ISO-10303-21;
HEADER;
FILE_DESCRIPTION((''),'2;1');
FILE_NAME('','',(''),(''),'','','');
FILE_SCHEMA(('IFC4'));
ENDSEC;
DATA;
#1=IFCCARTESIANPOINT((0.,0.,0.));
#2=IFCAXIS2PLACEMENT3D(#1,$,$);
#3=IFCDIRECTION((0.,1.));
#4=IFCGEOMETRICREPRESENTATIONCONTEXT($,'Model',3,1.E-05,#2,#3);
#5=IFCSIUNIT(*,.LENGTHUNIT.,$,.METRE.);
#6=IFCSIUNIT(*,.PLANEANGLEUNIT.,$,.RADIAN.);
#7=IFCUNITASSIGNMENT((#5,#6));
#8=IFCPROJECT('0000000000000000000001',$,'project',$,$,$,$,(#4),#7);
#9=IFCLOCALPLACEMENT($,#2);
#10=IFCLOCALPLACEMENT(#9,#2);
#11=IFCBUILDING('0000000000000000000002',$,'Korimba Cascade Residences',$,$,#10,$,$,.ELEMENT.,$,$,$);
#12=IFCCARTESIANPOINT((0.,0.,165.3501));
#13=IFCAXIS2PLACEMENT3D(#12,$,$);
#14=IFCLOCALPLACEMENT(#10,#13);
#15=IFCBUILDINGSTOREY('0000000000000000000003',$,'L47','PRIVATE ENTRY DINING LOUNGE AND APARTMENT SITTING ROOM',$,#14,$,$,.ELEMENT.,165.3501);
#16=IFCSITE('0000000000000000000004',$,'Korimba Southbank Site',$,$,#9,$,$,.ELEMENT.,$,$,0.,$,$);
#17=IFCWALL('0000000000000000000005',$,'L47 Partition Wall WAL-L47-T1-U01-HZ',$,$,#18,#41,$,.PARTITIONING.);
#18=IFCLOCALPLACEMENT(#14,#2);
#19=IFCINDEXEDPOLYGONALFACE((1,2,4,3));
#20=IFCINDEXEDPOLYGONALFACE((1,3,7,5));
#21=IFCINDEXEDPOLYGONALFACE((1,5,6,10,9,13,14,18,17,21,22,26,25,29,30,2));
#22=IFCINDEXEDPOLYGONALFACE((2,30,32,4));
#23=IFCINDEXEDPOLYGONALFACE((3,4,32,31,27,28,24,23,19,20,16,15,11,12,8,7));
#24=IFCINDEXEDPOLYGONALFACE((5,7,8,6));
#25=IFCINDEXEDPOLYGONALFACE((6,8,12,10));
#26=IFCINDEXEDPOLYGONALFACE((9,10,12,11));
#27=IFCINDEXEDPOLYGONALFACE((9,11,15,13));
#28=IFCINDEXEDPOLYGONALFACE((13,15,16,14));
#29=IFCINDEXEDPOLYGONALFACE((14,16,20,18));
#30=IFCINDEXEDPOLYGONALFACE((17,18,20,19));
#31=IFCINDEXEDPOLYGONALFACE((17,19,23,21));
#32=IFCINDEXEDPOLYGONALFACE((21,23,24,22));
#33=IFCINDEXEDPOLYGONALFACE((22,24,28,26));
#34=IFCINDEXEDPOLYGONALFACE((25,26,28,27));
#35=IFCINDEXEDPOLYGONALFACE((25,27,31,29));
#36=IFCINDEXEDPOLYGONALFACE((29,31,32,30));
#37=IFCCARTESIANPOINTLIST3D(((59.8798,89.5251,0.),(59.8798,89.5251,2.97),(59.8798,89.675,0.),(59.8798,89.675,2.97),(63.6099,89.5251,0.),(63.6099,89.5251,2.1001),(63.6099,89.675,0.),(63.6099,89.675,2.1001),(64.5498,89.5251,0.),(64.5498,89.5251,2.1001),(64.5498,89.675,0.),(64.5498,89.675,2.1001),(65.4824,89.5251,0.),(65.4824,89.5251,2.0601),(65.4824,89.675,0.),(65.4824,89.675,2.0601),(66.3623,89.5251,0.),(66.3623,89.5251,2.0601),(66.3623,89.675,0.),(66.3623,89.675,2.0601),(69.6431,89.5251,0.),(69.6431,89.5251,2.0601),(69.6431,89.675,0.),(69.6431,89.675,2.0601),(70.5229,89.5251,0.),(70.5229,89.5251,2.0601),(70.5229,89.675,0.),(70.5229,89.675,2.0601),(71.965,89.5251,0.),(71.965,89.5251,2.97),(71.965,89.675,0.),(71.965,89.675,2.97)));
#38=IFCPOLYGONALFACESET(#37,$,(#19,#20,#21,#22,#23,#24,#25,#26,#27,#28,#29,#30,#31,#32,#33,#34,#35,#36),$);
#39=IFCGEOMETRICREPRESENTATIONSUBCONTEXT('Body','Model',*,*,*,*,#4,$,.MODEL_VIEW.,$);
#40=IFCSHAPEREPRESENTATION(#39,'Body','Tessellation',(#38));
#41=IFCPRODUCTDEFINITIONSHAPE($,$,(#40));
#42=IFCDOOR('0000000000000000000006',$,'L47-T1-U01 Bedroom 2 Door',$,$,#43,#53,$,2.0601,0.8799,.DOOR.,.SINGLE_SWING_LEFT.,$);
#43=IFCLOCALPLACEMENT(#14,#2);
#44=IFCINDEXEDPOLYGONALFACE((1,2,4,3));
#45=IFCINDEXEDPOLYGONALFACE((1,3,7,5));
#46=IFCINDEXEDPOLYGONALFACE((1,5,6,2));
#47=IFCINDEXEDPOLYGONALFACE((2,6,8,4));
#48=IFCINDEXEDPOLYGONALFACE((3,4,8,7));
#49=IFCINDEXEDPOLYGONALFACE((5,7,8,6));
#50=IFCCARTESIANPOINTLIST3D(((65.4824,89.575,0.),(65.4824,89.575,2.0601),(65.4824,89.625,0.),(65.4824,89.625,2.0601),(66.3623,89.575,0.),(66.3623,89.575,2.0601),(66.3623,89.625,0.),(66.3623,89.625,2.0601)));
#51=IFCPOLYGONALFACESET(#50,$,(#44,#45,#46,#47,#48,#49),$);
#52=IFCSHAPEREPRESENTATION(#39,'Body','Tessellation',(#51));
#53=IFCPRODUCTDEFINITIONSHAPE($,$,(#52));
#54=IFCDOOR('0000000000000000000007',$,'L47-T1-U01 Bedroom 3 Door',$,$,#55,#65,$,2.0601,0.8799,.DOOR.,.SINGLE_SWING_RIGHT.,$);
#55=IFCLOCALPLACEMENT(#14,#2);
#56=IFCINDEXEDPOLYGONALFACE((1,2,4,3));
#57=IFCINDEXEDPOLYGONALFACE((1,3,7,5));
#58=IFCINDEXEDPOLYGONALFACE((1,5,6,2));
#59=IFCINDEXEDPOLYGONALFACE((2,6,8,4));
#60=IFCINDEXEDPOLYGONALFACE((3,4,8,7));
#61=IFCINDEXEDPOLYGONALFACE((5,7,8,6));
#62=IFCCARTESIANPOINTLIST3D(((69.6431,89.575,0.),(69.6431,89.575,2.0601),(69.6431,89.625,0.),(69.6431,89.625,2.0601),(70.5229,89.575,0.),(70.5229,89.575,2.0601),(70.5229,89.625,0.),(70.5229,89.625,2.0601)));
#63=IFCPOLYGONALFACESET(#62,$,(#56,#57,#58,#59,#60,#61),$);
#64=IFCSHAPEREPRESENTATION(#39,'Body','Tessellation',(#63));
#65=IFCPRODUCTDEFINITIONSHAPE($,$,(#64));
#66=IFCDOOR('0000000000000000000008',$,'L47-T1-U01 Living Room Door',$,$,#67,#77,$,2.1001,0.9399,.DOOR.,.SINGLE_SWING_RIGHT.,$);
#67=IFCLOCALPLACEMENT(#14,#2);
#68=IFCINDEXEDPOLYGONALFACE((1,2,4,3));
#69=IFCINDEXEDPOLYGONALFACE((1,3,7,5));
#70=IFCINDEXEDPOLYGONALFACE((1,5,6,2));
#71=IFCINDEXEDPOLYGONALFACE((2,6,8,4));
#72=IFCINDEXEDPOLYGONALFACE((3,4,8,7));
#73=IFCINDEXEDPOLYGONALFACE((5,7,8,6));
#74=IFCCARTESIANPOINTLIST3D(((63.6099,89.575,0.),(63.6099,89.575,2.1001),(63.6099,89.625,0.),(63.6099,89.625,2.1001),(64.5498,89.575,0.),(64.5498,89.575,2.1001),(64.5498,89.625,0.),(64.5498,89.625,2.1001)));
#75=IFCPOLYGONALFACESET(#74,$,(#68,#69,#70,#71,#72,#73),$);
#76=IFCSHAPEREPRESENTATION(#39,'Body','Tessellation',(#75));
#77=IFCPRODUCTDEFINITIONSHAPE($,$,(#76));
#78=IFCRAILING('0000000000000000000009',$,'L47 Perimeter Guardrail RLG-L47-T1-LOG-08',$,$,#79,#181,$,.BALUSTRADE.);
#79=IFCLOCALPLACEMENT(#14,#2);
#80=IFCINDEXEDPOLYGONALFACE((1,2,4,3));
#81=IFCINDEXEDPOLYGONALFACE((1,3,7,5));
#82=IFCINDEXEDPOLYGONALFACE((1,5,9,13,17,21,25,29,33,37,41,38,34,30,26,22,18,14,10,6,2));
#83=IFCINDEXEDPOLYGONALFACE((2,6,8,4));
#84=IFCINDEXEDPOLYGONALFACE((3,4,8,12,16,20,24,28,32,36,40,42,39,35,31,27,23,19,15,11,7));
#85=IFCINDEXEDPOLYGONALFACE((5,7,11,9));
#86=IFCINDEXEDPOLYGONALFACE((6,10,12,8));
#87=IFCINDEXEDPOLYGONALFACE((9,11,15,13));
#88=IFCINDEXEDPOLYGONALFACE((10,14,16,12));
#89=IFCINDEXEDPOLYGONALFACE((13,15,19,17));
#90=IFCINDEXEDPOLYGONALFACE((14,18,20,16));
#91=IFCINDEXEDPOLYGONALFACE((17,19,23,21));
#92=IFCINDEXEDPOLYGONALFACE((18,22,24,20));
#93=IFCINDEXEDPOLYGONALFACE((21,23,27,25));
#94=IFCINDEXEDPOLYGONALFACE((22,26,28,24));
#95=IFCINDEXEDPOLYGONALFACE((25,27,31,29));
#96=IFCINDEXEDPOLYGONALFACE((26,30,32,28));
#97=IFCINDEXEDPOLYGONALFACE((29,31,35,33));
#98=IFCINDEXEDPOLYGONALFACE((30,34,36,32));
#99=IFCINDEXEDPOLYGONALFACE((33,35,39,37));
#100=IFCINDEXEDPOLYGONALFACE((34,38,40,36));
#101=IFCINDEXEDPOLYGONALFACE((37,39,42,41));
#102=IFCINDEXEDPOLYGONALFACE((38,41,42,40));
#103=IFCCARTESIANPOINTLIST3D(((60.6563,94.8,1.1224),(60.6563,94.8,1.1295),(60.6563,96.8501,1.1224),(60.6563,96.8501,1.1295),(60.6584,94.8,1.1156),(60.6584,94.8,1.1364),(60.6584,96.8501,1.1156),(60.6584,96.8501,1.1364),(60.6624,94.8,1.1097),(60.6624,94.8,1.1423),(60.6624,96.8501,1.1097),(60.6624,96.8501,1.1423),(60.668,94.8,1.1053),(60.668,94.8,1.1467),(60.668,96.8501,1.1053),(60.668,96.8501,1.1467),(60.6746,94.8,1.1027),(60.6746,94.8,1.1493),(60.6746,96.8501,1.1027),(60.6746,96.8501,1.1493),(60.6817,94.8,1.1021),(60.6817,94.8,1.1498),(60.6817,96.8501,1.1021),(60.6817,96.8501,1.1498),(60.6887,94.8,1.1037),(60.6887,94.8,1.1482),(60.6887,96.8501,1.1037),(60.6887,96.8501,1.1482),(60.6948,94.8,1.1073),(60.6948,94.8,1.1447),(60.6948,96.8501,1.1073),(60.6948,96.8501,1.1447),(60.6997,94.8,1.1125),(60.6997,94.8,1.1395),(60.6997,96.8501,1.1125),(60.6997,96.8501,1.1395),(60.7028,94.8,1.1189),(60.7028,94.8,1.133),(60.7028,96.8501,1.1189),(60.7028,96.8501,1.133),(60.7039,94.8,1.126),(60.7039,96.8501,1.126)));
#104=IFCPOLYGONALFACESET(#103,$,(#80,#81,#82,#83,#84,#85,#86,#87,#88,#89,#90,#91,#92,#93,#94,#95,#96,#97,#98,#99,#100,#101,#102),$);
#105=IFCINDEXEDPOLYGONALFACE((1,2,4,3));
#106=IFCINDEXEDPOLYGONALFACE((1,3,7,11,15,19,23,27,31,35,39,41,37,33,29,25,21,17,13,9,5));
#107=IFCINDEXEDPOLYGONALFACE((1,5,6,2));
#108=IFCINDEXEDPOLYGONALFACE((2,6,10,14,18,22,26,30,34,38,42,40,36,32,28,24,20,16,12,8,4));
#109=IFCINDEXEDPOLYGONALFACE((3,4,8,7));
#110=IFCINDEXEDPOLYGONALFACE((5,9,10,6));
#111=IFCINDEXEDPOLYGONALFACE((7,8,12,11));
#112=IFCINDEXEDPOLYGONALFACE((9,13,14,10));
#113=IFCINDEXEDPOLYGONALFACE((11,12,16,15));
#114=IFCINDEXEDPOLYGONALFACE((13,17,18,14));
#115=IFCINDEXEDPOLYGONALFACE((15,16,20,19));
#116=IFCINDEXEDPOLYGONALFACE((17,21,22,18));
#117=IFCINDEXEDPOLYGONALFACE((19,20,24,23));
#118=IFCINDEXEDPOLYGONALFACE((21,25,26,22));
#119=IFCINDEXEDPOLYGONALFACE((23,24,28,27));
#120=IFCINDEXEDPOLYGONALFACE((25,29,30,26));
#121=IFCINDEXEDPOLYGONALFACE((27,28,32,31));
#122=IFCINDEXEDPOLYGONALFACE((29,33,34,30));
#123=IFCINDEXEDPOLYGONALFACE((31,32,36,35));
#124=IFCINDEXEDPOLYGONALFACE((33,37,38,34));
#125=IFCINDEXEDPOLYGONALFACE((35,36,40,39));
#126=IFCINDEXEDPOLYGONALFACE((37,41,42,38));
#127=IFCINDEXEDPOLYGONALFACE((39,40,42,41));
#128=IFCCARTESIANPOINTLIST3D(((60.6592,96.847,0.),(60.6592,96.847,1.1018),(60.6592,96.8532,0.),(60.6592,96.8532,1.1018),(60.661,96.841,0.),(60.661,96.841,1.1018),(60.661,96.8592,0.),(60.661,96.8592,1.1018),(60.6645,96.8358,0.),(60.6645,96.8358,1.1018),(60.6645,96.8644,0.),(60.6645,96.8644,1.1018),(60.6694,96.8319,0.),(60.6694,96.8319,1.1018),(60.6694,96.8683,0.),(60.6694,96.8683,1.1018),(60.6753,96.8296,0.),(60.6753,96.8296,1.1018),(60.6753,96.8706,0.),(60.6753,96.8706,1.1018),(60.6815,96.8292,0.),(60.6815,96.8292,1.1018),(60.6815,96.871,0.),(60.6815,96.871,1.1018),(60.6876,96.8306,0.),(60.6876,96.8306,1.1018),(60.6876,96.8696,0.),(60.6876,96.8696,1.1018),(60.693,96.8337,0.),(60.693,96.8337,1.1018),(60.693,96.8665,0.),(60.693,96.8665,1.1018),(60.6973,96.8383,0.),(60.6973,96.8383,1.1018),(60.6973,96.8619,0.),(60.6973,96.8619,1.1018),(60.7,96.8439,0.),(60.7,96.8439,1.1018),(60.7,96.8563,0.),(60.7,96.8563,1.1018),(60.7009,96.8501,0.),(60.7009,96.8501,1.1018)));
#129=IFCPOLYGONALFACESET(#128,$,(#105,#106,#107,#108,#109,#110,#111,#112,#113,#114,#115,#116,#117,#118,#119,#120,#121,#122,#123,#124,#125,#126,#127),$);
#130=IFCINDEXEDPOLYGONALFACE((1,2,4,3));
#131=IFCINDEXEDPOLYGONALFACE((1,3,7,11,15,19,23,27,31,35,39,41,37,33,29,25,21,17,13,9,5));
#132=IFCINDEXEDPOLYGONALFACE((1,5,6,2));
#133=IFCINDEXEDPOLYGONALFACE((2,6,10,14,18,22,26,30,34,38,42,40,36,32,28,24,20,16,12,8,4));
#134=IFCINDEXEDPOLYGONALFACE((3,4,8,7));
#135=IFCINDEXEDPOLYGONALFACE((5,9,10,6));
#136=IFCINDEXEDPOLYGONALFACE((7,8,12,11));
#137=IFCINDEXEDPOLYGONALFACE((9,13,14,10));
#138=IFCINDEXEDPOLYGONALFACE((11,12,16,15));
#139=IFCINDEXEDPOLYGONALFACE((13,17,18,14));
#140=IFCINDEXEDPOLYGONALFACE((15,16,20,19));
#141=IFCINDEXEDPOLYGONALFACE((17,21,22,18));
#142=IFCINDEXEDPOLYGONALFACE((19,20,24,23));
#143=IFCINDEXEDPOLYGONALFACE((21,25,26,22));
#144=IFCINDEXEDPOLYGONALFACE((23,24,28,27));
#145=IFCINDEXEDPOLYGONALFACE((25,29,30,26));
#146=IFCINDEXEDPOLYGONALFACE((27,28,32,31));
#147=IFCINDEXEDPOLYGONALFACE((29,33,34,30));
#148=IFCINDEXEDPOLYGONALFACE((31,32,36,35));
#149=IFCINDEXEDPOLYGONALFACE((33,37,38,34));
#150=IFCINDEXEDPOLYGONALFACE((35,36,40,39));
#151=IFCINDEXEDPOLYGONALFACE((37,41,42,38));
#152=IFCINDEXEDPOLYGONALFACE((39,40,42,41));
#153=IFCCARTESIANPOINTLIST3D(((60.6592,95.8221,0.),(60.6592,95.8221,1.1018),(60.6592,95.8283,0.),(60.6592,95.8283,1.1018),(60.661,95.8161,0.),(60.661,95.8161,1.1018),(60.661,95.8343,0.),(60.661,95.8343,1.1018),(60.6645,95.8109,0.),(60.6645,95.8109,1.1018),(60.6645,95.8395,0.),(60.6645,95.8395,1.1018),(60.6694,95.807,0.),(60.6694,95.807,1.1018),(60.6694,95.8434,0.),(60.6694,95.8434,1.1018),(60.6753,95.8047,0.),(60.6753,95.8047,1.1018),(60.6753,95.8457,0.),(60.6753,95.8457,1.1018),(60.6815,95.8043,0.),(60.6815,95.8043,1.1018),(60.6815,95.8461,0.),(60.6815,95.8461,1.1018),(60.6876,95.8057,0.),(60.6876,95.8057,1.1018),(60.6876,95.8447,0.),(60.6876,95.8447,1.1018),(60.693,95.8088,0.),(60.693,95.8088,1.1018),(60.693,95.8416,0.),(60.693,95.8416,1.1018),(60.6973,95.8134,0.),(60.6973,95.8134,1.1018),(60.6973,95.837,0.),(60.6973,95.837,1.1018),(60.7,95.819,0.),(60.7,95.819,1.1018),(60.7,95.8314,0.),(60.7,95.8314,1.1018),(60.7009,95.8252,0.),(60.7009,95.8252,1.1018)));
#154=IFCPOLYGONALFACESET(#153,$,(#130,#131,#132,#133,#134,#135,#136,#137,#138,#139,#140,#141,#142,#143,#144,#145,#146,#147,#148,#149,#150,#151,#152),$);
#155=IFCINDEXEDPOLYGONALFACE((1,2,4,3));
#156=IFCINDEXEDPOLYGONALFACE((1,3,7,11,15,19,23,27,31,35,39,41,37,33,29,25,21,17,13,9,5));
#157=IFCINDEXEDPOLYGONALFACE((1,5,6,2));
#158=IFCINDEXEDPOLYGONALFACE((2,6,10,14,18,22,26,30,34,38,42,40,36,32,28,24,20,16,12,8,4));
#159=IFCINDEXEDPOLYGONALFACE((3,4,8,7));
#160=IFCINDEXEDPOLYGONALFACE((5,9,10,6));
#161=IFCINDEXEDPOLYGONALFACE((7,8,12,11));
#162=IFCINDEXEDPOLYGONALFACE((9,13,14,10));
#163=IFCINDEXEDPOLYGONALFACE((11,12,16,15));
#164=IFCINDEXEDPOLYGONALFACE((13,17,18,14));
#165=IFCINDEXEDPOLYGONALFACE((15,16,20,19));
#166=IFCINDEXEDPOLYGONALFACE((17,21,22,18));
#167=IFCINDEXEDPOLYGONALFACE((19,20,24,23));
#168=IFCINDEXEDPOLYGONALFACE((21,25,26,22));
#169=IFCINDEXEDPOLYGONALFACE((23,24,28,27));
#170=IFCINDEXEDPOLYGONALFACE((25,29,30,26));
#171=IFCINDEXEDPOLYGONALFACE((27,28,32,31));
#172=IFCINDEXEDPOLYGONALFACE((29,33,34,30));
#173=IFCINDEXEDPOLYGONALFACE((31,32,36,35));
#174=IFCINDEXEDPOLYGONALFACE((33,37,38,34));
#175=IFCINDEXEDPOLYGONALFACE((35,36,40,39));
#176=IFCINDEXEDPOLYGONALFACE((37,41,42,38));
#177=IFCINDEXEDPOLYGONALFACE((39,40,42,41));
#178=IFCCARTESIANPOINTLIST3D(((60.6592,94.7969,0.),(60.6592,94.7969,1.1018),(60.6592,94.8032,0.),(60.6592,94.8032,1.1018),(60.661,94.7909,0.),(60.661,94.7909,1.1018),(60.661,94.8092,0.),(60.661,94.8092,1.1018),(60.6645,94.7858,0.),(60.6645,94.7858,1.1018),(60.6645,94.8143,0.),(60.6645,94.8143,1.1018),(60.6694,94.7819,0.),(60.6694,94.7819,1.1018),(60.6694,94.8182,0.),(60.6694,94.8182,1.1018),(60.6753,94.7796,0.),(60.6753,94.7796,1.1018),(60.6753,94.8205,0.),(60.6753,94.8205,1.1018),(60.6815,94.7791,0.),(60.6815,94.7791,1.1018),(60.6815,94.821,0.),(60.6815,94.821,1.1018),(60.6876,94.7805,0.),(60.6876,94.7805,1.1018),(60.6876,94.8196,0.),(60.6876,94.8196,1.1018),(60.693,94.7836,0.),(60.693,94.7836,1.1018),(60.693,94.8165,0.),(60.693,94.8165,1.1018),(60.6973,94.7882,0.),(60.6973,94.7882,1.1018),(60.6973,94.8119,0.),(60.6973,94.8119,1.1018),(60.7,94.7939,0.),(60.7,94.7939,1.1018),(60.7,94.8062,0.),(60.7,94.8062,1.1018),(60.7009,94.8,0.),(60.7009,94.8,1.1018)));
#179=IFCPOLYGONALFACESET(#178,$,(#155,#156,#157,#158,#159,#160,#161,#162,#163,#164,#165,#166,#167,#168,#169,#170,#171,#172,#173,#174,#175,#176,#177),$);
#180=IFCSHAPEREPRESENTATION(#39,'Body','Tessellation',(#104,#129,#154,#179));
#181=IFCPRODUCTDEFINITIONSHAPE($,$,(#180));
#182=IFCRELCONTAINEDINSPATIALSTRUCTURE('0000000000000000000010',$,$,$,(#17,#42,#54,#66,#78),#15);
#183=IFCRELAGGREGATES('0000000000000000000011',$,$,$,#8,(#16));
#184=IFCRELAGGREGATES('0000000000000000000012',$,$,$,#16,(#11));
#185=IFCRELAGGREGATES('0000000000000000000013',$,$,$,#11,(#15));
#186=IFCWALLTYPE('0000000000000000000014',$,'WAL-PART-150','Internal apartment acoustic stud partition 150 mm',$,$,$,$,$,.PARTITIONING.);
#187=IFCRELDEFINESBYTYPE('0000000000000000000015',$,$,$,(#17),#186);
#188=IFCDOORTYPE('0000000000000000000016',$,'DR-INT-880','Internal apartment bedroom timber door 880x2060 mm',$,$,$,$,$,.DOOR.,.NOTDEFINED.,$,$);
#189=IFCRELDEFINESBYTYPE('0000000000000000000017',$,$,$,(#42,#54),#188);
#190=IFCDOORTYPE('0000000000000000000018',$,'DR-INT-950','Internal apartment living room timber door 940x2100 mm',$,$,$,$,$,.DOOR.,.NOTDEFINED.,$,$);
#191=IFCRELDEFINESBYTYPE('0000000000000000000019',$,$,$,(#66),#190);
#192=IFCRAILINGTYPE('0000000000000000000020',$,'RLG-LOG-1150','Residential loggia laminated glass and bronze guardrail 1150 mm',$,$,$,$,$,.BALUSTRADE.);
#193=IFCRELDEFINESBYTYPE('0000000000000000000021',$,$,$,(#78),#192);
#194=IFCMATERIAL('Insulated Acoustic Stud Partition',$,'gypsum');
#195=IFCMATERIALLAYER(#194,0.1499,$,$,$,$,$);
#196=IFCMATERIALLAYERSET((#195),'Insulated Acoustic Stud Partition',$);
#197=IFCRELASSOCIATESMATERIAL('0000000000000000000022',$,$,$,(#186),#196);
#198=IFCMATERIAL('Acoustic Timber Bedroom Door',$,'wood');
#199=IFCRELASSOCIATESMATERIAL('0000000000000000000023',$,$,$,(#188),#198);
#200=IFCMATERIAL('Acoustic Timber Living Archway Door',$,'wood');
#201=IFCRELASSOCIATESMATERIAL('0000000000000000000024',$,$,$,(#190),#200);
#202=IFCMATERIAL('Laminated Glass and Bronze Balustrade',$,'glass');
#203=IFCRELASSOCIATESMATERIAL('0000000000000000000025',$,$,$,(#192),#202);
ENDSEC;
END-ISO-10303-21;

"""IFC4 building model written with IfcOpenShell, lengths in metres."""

from ifc_helpers import new_model, si_unit, direction, frame, frame_2d, origin, origin_2d, place, context, subcontext, project, spatial, rectangle, circle, extrude, material, layer, layer_set, type_object, element, fill, save


model = new_model("IFC4")

# Units and contexts
model_context = context("Model", 3, precision=1e-05, world=origin(), true_north=direction((0.0, 1.0)))
body_context = subcontext(model_context, "Body", "Model", "MODEL_VIEW")
ifc_project = project(units=[si_unit("LENGTHUNIT", "METRE"), si_unit("PLANEANGLEUNIT", "RADIAN")], contexts=[model_context])

# Site, building, storey
site_placement = place(None, origin())
site = spatial("IfcSite", under=ifc_project, at=site_placement, Name="Korimba Southbank Site", CompositionType="ELEMENT", RefElevation=0.0)
building_placement = place(site_placement, origin())
building = spatial("IfcBuilding", under=site, at=building_placement, Name="Korimba Cascade Residences", CompositionType="ELEMENT")
storey_placement = place(building_placement, frame((0.0, 0.0, 165.3501)))
storey = spatial("IfcBuildingStorey", under=building, at=storey_placement, Name="L47", Description="PRIVATE ENTRY DINING LOUNGE AND APARTMENT SITTING ROOM", CompositionType="ELEMENT", Elevation=165.3501)

# Shared definitions
ifc_material_1 = material(Name="Insulated Acoustic Stud Partition", Category="gypsum")
ifc_layer_1 = layer(ifc_material_1, 0.1499)
ifc_layer_set_1 = layer_set([ifc_layer_1], Name="Insulated Acoustic Stud Partition")
wall_type_1 = type_object("IfcWallType", Name="WAL-PART-150", Description="Internal apartment acoustic stud partition 150 mm", PredefinedType="PARTITIONING", material=ifc_layer_set_1)

# Wall, openings, doors
wall_1_placement = place(storey_placement, frame((59.8799, 89.6001, 0.0), z_axis=(0.0, 0.0, 1.0), x_axis=(1.0, 0.0, 0.0)))
wall_1 = element("IfcWall", 1, at=wall_1_placement, inside=storey, type_object=wall_type_1, Name="L47 Partition Wall WAL-L47-T1-U01-HZ", PredefinedType="PARTITIONING", context=body_context, shape_type="SweptSolid", body=[
    extrude(rectangle(XDim=12.0852, YDim=0.1499, at=frame_2d((6.0425, 0.0))), origin(), (0.0, 0.0, 1.0), 2.97),
])
opening_1_placement = place(wall_1_placement, frame((3.73, 0.0, 0.0)))
opening_1 = element("IfcOpeningElement", 2, at=opening_1_placement, cuts=wall_1, PredefinedType="OPENING", context=body_context, shape_type="SweptSolid", body=[
    extrude(rectangle(XDim=0.9399, YDim=2.1001, at=frame_2d((0.47, 1.05))), frame((0.0, 0.085, 0.0), z_axis=(0.0, -1.0, 0.0), x_axis=(1.0, 0.0, 0.0)), (0.0, 0.0, 1.0), 0.1699),
])
opening_2_placement = place(wall_1_placement, frame((5.6025, 0.0, 0.0)))
opening_2 = element("IfcOpeningElement", 3, at=opening_2_placement, cuts=wall_1, PredefinedType="OPENING", context=body_context, shape_type="SweptSolid", body=[
    extrude(rectangle(XDim=0.8799, YDim=2.0601, at=frame_2d((0.4399, 1.03))), frame((0.0, 0.085, 0.0), z_axis=(0.0, -1.0, 0.0), x_axis=(1.0, 0.0, 0.0)), (0.0, 0.0, 1.0), 0.1699),
])
opening_3_placement = place(wall_1_placement, frame((9.7632, 0.0, 0.0)))
opening_3 = element("IfcOpeningElement", 4, at=opening_3_placement, cuts=wall_1, PredefinedType="OPENING", context=body_context, shape_type="SweptSolid", body=[
    extrude(rectangle(XDim=0.8799, YDim=2.0601, at=frame_2d((0.4399, 1.03))), frame((0.0, 0.085, 0.0), z_axis=(0.0, -1.0, 0.0), x_axis=(1.0, 0.0, 0.0)), (0.0, 0.0, 1.0), 0.1699),
])
ifc_material_2 = material(Name="Acoustic Timber Bedroom Door", Category="wood")
door_type_1 = type_object("IfcDoorType", Name="DR-INT-880", Description="Internal apartment bedroom timber door 880x2060 mm", OperationType="NOTDEFINED", PredefinedType="DOOR", material=ifc_material_2)
door_1_placement = place(opening_2_placement, origin())
door_1 = element("IfcDoor", 5, at=door_1_placement, inside=storey, type_object=door_type_1, Name="L47-T1-U01 Bedroom 2 Door", OperationType="SINGLE_SWING_LEFT", OverallHeight=2.0601, OverallWidth=0.8799, PredefinedType="DOOR", context=body_context, shape_type="SweptSolid", body=[
    extrude(rectangle(XDim=0.8799, YDim=2.0601, at=frame_2d((0.4399, 1.03))), frame((0.0, 0.0249, 0.0), z_axis=(0.0, -1.0, 0.0), x_axis=(1.0, 0.0, 0.0)), (0.0, 0.0, 1.0), 0.05),
])
fill(opening_2, door_1)
door_2_placement = place(opening_3_placement, origin())
door_2 = element("IfcDoor", 6, at=door_2_placement, inside=storey, type_object=door_type_1, Name="L47-T1-U01 Bedroom 3 Door", OperationType="SINGLE_SWING_RIGHT", OverallHeight=2.0601, OverallWidth=0.8799, PredefinedType="DOOR", context=body_context, shape_type="SweptSolid", body=[
    extrude(rectangle(XDim=0.8799, YDim=2.0601, at=frame_2d((0.4399, 1.03))), frame((0.0, 0.0249, 0.0), z_axis=(0.0, -1.0, 0.0), x_axis=(1.0, 0.0, 0.0)), (0.0, 0.0, 1.0), 0.05),
])
fill(opening_3, door_2)
ifc_material_3 = material(Name="Acoustic Timber Living Archway Door", Category="wood")
door_type_2 = type_object("IfcDoorType", Name="DR-INT-950", Description="Internal apartment living room timber door 940x2100 mm", OperationType="NOTDEFINED", PredefinedType="DOOR", material=ifc_material_3)
door_3_placement = place(opening_1_placement, origin())
door_3 = element("IfcDoor", 7, at=door_3_placement, inside=storey, type_object=door_type_2, Name="L47-T1-U01 Living Room Door", OperationType="SINGLE_SWING_RIGHT", OverallHeight=2.1001, OverallWidth=0.9399, PredefinedType="DOOR", context=body_context, shape_type="SweptSolid", body=[
    extrude(rectangle(XDim=0.9399, YDim=2.1001, at=frame_2d((0.47, 1.05))), frame((0.0, 0.0249, 0.0), z_axis=(0.0, -1.0, 0.0), x_axis=(1.0, 0.0, 0.0)), (0.0, 0.0, 1.0), 0.05),
])
fill(opening_1, door_3)

# Railing
ifc_material_4 = material(Name="Laminated Glass and Bronze Balustrade", Category="glass")
railing_type = type_object("IfcRailingType", Name="RLG-LOG-1150", Description="Residential loggia laminated glass and bronze guardrail 1150 mm", PredefinedType="BALUSTRADE", material=ifc_material_4)
railing_placement = place(storey_placement, frame((60.6799, 96.8501, 0.0)))
element("IfcRailing", 8, at=railing_placement, inside=storey, type_object=railing_type, Name="L47 Perimeter Guardrail RLG-L47-T1-LOG-08", PredefinedType="BALUSTRADE", context=body_context, shape_type="SweptSolid", body=[
    extrude(circle(Radius=0.0239, at=origin_2d()), frame((0.0, 0.0, 1.126), z_axis=(0.0, -1.0, 0.0), x_axis=(1.0, 0.0, 0.0)), (0.0, 0.0, 1.0), 2.05),
    extrude(circle(Radius=0.021, at=origin_2d()), origin(), (0.0, 0.0, 1.0), 1.1018),
    extrude(circle(Radius=0.021, at=origin_2d()), frame((0.0, -1.0249, 0.0)), (0.0, 0.0, 1.0), 1.1018),
    extrude(circle(Radius=0.021, at=origin_2d()), frame((0.0, -2.05, 0.0)), (0.0, 0.0, 1.0), 1.1018),
])

save(model, "model.ifc")
